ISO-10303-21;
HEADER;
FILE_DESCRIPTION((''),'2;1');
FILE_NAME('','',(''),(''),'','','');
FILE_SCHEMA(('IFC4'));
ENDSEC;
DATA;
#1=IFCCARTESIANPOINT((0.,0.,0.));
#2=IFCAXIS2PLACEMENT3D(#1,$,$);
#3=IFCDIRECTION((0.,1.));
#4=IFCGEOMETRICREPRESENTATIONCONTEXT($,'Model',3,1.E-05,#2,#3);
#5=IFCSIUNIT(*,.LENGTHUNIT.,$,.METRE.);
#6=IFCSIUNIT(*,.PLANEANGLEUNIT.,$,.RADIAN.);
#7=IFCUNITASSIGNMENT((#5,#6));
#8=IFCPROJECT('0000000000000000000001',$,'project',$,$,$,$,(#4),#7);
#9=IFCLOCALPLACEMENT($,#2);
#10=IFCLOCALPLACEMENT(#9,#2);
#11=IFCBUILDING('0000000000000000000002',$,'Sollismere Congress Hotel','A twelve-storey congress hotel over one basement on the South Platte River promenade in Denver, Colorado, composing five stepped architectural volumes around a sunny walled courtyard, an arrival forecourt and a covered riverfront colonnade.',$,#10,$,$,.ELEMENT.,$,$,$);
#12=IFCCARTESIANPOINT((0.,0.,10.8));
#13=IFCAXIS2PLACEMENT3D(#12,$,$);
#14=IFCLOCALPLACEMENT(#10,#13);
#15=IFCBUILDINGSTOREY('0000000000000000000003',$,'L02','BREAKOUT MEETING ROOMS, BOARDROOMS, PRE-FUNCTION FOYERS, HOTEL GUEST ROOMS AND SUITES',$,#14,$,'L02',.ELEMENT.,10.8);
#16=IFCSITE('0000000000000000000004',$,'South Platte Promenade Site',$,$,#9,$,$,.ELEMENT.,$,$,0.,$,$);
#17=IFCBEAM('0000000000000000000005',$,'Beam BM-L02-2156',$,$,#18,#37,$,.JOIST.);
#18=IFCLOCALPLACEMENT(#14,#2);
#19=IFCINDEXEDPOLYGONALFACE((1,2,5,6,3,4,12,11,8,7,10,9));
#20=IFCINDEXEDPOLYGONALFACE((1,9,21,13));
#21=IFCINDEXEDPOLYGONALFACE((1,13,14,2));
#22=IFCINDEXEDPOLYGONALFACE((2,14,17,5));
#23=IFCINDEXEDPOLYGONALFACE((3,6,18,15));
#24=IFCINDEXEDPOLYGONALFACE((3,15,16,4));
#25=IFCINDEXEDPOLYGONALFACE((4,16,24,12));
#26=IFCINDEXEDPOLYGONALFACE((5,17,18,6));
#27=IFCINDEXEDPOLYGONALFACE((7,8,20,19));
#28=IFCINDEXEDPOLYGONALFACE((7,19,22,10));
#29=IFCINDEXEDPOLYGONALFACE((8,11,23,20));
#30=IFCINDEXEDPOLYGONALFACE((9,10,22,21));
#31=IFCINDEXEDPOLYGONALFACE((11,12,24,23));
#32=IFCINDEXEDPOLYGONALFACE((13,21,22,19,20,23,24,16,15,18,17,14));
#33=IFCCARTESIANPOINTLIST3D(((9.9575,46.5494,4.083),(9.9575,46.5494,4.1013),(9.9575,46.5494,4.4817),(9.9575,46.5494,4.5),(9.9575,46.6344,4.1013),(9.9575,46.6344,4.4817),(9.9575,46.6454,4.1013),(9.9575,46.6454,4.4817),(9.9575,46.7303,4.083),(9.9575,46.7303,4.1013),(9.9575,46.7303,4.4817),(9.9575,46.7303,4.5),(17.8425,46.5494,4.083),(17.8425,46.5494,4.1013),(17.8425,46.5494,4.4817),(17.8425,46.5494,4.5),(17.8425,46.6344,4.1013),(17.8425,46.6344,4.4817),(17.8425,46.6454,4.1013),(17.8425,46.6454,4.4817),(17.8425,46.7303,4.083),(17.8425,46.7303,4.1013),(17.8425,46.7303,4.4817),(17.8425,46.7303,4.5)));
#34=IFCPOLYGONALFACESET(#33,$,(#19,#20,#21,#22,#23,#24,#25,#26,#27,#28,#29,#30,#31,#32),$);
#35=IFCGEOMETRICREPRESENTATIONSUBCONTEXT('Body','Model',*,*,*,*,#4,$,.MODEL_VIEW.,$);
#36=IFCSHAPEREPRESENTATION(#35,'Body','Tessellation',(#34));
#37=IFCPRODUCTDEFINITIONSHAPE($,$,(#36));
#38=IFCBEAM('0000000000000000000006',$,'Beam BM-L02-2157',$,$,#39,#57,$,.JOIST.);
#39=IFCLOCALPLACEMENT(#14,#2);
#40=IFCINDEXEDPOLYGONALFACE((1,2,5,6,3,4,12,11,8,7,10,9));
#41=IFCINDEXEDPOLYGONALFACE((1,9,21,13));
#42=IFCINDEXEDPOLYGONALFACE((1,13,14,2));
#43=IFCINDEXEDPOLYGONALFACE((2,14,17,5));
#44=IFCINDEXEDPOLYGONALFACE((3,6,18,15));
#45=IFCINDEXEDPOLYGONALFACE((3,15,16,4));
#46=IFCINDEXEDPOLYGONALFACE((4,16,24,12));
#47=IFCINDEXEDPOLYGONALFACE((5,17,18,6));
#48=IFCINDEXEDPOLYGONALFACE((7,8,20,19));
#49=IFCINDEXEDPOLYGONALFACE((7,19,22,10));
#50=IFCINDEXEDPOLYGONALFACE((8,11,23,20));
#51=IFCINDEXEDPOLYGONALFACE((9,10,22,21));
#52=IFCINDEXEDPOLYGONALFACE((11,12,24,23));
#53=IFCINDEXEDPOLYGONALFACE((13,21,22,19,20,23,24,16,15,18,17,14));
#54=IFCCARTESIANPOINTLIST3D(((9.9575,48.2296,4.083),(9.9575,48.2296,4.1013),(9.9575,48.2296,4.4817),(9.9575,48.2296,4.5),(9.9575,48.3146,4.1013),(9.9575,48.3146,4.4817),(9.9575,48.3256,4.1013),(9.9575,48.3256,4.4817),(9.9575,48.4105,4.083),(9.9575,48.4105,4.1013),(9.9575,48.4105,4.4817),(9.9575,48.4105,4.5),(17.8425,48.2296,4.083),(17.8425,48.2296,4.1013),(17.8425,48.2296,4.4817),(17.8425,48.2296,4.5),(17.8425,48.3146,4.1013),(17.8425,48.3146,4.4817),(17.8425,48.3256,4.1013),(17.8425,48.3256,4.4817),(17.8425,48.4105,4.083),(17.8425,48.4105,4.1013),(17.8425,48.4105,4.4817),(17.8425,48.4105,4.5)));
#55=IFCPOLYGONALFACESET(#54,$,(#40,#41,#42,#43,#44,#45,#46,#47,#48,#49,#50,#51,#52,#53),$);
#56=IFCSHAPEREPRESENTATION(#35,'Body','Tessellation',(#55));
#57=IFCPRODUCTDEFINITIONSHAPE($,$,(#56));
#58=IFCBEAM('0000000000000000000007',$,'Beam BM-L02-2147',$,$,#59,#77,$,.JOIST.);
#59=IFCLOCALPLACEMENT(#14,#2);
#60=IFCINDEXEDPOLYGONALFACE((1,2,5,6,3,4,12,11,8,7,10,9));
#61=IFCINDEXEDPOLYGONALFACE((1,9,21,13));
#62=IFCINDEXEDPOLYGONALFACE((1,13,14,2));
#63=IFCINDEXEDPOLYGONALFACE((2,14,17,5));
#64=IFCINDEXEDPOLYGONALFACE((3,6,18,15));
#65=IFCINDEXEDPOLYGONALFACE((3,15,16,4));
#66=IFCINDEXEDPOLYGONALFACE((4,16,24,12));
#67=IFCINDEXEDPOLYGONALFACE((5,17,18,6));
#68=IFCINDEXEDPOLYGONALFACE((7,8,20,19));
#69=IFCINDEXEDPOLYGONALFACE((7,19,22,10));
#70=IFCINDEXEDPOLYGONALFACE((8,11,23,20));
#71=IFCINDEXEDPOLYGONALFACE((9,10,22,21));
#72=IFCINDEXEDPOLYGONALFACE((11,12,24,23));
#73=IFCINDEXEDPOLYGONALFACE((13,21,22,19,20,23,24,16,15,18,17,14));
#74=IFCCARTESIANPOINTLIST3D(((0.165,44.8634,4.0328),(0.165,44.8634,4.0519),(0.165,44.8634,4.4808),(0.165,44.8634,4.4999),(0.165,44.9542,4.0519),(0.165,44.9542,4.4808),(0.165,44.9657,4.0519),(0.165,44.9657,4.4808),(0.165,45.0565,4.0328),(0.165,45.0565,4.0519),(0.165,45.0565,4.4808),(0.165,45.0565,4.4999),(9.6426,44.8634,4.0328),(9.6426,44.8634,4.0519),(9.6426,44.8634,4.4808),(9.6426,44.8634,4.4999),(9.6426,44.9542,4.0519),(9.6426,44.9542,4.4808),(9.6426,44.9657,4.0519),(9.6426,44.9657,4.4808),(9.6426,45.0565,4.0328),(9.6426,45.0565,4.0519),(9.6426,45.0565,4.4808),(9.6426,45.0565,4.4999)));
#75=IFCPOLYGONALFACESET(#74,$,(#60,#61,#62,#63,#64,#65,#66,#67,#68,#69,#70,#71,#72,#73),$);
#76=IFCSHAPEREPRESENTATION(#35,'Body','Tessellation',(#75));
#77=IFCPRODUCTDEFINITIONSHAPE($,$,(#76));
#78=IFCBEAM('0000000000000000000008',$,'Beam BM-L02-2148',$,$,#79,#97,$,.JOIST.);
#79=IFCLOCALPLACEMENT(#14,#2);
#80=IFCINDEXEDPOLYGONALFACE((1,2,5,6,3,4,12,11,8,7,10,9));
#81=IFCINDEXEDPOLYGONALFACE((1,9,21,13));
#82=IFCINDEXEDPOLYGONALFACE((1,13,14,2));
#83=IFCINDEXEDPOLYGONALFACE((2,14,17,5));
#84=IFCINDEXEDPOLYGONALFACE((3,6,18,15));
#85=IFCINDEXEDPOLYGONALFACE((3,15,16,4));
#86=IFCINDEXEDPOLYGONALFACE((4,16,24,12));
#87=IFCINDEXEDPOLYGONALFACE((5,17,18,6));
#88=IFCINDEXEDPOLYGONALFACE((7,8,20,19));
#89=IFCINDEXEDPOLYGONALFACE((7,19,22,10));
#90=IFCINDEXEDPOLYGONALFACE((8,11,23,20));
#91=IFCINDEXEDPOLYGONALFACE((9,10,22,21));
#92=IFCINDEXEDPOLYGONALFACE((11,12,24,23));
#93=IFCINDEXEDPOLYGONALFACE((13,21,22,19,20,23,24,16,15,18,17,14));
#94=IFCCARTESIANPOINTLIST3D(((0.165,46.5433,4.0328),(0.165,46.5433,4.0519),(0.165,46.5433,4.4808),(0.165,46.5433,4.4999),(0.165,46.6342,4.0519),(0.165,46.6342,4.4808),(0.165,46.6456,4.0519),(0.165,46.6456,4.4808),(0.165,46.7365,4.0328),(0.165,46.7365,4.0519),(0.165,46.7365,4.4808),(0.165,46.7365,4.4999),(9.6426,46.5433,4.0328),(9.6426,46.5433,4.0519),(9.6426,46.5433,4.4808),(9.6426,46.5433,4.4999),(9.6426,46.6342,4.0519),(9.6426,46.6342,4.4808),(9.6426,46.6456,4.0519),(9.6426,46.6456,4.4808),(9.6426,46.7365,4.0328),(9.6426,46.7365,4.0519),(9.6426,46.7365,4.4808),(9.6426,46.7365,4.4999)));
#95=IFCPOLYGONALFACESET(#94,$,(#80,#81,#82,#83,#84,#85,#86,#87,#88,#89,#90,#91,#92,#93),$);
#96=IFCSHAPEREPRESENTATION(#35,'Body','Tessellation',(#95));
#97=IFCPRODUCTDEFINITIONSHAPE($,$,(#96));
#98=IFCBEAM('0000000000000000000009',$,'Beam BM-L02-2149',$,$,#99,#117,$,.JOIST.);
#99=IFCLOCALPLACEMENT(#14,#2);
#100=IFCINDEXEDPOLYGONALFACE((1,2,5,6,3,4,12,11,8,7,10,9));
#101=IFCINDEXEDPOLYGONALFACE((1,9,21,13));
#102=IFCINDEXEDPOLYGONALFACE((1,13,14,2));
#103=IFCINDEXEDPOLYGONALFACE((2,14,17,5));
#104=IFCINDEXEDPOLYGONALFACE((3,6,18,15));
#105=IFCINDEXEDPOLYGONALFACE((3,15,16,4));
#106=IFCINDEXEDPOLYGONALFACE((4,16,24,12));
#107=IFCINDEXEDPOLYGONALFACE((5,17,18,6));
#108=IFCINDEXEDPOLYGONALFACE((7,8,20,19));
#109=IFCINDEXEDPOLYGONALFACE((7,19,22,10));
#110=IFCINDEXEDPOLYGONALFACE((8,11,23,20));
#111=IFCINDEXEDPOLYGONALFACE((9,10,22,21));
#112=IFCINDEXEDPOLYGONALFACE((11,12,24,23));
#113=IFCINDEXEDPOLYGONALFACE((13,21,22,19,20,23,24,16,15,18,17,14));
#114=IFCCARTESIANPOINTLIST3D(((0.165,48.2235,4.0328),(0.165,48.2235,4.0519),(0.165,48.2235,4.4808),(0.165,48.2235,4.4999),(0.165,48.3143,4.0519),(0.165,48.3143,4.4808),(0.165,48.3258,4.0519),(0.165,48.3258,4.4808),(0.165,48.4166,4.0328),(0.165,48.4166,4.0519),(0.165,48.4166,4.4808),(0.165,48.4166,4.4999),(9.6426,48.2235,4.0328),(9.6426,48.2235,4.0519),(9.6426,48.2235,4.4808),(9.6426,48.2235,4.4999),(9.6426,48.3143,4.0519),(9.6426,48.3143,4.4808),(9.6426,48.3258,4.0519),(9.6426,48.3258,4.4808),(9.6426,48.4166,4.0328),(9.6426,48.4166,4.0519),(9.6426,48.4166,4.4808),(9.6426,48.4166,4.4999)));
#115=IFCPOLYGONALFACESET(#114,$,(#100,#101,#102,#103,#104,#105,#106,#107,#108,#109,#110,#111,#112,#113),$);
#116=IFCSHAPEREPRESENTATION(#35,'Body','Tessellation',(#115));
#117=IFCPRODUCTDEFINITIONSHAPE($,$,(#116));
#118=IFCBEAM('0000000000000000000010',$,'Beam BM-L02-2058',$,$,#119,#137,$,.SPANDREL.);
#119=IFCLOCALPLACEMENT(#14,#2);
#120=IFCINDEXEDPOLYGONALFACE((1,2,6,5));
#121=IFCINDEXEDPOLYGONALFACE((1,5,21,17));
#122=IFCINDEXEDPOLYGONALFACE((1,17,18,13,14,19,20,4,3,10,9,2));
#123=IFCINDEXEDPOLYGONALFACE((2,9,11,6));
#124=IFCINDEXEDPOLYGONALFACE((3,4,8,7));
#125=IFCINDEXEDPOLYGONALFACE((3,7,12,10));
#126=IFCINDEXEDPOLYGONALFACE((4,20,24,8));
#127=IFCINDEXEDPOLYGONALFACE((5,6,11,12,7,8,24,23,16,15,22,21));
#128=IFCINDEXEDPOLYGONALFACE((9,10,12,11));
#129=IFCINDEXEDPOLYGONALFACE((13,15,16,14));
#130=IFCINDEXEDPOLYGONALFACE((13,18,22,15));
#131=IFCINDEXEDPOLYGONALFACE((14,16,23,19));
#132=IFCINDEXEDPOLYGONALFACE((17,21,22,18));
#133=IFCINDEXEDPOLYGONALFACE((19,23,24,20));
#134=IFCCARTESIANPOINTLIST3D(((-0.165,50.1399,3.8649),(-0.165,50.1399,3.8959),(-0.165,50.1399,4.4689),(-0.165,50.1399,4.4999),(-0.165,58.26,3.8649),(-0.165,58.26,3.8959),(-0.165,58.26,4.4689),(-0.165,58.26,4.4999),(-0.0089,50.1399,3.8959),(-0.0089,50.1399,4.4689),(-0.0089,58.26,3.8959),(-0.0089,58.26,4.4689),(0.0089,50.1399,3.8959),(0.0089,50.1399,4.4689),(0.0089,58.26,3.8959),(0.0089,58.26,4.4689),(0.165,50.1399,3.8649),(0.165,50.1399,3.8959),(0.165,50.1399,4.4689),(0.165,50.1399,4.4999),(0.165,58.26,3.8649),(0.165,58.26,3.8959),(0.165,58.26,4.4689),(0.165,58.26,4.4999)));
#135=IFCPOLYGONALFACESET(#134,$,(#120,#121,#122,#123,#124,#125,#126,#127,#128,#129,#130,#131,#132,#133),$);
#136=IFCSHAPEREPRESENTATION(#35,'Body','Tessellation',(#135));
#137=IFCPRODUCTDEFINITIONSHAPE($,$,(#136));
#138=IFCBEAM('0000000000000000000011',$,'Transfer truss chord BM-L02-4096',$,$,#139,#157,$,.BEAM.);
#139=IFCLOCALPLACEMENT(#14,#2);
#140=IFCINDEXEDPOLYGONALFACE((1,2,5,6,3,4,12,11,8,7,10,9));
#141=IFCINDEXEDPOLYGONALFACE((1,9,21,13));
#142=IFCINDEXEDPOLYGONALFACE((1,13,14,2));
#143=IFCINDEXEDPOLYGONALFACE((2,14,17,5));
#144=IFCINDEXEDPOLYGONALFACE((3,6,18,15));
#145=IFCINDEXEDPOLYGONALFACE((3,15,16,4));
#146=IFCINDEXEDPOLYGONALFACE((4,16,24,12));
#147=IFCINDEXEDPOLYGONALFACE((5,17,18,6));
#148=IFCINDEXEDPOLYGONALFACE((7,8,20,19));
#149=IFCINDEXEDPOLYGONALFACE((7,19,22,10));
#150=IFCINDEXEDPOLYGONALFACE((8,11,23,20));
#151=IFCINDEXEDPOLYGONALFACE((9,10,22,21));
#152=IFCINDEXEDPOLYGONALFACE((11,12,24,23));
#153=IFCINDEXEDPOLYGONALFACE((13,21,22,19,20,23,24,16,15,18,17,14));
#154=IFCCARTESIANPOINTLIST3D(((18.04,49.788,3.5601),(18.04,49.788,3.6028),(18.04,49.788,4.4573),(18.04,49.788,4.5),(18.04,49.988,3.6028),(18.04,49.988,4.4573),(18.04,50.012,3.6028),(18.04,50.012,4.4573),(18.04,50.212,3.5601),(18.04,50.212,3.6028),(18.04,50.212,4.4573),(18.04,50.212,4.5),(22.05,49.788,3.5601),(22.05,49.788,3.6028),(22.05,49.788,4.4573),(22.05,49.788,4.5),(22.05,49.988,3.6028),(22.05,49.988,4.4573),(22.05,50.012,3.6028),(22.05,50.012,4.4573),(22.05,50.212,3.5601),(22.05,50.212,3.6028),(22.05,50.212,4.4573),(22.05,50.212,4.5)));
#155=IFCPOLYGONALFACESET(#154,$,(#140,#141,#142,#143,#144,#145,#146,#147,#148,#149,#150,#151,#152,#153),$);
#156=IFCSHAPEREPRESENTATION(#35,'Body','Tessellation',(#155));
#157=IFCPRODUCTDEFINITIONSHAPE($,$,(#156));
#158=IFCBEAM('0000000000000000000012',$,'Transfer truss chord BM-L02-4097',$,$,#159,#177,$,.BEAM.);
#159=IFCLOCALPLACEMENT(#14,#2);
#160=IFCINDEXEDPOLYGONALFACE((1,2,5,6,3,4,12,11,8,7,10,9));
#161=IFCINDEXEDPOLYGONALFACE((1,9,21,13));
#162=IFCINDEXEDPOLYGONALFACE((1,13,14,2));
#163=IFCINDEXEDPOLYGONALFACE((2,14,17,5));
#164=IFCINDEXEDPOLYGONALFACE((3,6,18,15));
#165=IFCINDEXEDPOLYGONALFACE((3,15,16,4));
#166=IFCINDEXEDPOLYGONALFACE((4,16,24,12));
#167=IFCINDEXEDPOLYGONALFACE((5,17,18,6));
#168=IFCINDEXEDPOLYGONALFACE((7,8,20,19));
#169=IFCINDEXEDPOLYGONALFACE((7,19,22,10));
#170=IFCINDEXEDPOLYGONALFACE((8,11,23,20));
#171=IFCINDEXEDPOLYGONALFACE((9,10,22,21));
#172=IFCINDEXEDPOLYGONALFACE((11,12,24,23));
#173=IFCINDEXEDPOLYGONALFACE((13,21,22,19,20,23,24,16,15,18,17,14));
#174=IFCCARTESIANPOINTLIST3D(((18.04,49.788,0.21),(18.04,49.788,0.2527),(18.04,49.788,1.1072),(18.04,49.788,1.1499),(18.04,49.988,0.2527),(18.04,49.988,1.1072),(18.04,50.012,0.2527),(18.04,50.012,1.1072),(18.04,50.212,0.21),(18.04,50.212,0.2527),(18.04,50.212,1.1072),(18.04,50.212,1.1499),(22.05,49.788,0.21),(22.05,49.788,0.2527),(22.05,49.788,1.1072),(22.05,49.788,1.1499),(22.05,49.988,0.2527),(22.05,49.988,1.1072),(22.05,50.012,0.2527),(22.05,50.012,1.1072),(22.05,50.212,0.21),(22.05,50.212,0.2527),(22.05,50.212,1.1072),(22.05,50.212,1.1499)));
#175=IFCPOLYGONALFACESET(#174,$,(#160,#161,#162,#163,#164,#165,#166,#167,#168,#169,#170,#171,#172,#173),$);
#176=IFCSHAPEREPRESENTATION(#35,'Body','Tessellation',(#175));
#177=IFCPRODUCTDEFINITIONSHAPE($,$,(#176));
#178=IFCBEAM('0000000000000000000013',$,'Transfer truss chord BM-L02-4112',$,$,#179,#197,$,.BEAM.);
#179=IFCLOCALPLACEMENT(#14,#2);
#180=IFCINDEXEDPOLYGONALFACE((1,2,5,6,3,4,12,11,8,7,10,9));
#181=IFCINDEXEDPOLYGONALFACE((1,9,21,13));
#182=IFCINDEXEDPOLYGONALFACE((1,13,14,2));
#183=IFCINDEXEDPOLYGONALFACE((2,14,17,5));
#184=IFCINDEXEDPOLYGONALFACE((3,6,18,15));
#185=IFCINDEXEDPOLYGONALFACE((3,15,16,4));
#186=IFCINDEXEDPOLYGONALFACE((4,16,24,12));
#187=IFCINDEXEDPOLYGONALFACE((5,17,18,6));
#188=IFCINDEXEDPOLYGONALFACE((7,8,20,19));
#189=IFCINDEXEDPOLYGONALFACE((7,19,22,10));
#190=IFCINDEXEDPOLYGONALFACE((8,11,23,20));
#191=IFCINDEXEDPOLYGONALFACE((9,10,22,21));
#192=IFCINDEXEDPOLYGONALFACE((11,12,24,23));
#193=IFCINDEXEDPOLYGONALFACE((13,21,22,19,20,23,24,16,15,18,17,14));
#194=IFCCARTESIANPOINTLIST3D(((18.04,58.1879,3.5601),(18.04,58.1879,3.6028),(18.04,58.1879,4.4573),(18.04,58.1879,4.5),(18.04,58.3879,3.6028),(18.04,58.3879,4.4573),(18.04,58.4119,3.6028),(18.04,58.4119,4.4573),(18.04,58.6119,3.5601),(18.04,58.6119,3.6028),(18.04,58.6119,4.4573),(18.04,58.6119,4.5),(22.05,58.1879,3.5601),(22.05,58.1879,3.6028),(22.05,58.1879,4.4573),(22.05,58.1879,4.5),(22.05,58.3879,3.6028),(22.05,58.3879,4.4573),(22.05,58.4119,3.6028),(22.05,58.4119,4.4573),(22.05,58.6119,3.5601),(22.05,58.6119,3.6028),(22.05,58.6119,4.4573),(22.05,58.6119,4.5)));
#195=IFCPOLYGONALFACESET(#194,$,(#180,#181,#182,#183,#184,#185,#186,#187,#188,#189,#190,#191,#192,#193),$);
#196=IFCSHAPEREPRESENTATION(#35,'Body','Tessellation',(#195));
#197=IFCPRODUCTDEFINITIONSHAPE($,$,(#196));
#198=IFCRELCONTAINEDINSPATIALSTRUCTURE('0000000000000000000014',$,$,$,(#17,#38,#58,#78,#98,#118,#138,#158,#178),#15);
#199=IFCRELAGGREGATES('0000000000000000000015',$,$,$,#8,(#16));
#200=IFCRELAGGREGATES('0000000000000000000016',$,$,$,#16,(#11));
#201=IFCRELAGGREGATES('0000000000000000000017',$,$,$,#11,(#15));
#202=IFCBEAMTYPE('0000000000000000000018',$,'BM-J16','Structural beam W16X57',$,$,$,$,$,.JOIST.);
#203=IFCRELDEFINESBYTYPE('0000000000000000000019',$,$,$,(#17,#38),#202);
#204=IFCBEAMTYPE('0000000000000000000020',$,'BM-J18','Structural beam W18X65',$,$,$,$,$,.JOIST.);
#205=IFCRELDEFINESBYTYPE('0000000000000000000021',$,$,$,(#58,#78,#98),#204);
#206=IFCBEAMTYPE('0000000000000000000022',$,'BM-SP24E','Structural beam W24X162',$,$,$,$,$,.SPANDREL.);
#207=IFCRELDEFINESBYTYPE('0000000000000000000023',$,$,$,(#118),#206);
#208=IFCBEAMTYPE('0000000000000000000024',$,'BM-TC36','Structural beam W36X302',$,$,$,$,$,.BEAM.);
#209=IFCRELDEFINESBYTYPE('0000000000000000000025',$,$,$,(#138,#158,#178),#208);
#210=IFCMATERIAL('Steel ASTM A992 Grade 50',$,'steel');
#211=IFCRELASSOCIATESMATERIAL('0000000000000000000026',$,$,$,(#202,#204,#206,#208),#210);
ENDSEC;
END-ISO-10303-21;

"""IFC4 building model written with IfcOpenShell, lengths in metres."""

from ifc_helpers import new_model, si_unit, direction, frame, origin, origin_2d, place, context, subcontext, project, spatial, i_section, extrude, material, material_profile, profile_set, type_object, element, save


model = new_model("IFC4")

# Units and contexts
model_context = context("Model", 3, precision=1e-05, world=origin(), true_north=direction((0.0, 1.0)))
body_context = subcontext(model_context, "Body", "Model", "MODEL_VIEW")
ifc_project = project(units=[si_unit("LENGTHUNIT", "METRE"), si_unit("PLANEANGLEUNIT", "RADIAN")], contexts=[model_context])

# Site, building, storey
site_placement = place(None, origin())
site = spatial("IfcSite", under=ifc_project, at=site_placement, Name="South Platte Promenade Site", CompositionType="ELEMENT", RefElevation=0.0)
building_placement = place(site_placement, origin())
building = spatial("IfcBuilding", under=site, at=building_placement, Name="Sollismere Congress Hotel", Description="A twelve-storey congress hotel over one basement on the South Platte River promenade in Denver, Colorado, composing five stepped architectural volumes around a sunny walled courtyard, an arrival forecourt and a covered riverfront colonnade.", CompositionType="ELEMENT")
storey_placement = place(building_placement, frame((0.0, 0.0, 10.8)))
storey = spatial("IfcBuildingStorey", under=building, at=storey_placement, Name="L02", Description="BREAKOUT MEETING ROOMS, BOARDROOMS, PRE-FUNCTION FOYERS, HOTEL GUEST ROOMS AND SUITES", LongName="L02", CompositionType="ELEMENT", Elevation=10.8)

# Shared definitions
ifc_material_1 = material(Name="Steel ASTM A992 Grade 50", Category="steel")

# Beams
ifc_material_profile_1 = material_profile(ifc_material_1, i_section(OverallWidth=0.1809, OverallDepth=0.417, WebThickness=0.011, FlangeThickness=0.0183, at=origin_2d()), Name="W16X57")
ifc_profile_set_1 = profile_set([ifc_material_profile_1], Name="Steel ASTM A992 Grade 50")
beam_type_1 = type_object("IfcBeamType", Name="BM-J16", Description="Structural beam W16X57", PredefinedType="JOIST", material=ifc_profile_set_1)
for number, where, z_axis, x_axis, name in (
    (1, (9.9575, 46.6399, 4.2915), (1.0, 0.0, 0.0), (0.0, 1.0, 0.0), "Beam BM-L02-2156"),
    (2, (9.9575, 48.3201, 4.2915), (1.0, 0.0, 0.0), (0.0, 1.0, 0.0), "Beam BM-L02-2157"),
):
    element("IfcBeam", number, at=place(storey_placement, frame(where, z_axis=z_axis, x_axis=x_axis)), inside=storey, type_object=beam_type_1, Name=name, PredefinedType="JOIST", context=body_context, shape_type="SweptSolid", body=[
        extrude(i_section(OverallWidth=0.1809, OverallDepth=0.417, WebThickness=0.011, FlangeThickness=0.0183, at=origin_2d()), origin(), (0.0, 0.0, 1.0), 7.885),
    ])
ifc_material_profile_2 = material_profile(ifc_material_1, i_section(OverallWidth=0.1931, OverallDepth=0.467, WebThickness=0.0115, FlangeThickness=0.019, at=origin_2d()), Name="W18X65")
ifc_profile_set_2 = profile_set([ifc_material_profile_2], Name="Steel ASTM A992 Grade 50")
beam_type_2 = type_object("IfcBeamType", Name="BM-J18", Description="Structural beam W18X65", PredefinedType="JOIST", material=ifc_profile_set_2)
for number, where, z_axis, x_axis, name in (
    (3, (0.165, 44.96, 4.2664), (1.0, 0.0, 0.0), (0.0, 1.0, 0.0), "Beam BM-L02-2147"),
    (4, (0.165, 46.6399, 4.2664), (1.0, 0.0, 0.0), (0.0, 1.0, 0.0), "Beam BM-L02-2148"),
    (5, (0.165, 48.3201, 4.2664), (1.0, 0.0, 0.0), (0.0, 1.0, 0.0), "Beam BM-L02-2149"),
):
    element("IfcBeam", number, at=place(storey_placement, frame(where, z_axis=z_axis, x_axis=x_axis)), inside=storey, type_object=beam_type_2, Name=name, PredefinedType="JOIST", context=body_context, shape_type="SweptSolid", body=[
        extrude(i_section(OverallWidth=0.1931, OverallDepth=0.467, WebThickness=0.0115, FlangeThickness=0.019, at=origin_2d()), origin(), (0.0, 0.0, 1.0), 9.4775),
    ])
ifc_material_profile_3 = material_profile(ifc_material_1, i_section(OverallWidth=0.3301, OverallDepth=0.635, WebThickness=0.0178, FlangeThickness=0.031, at=origin_2d()), Name="W24X162")
ifc_profile_set_3 = profile_set([ifc_material_profile_3], Name="Steel ASTM A992 Grade 50")
beam_type_3 = type_object("IfcBeamType", Name="BM-SP24E", Description="Structural beam W24X162", PredefinedType="SPANDREL", material=ifc_profile_set_3)
beam_1_placement = place(storey_placement, frame((0.0, 50.1399, 4.1824), z_axis=(0.0, 1.0, 0.0), x_axis=(-1.0, 0.0, 0.0)))
element("IfcBeam", 6, at=beam_1_placement, inside=storey, type_object=beam_type_3, Name="Beam BM-L02-2058", PredefinedType="SPANDREL", context=body_context, shape_type="SweptSolid", body=[
    extrude(i_section(OverallWidth=0.3301, OverallDepth=0.635, WebThickness=0.0178, FlangeThickness=0.031, at=origin_2d()), origin(), (0.0, 0.0, 1.0), 8.1201),
])
ifc_material_profile_4 = material_profile(ifc_material_1, i_section(OverallWidth=0.4241, OverallDepth=0.9399, WebThickness=0.0239, FlangeThickness=0.0427, at=origin_2d()), Name="W36X302")
ifc_profile_set_4 = profile_set([ifc_material_profile_4], Name="Steel ASTM A992 Grade 50")
beam_type_4 = type_object("IfcBeamType", Name="BM-TC36", Description="Structural beam W36X302", PredefinedType="BEAM", material=ifc_profile_set_4)
for number, where, z_axis, x_axis, name in (
    (7, (18.04, 50.0, 4.03), (1.0, 0.0, 0.0), (0.0, 1.0, 0.0), "Transfer truss chord BM-L02-4096"),
    (8, (18.04, 50.0, 0.6799), (1.0, 0.0, 0.0), (0.0, 1.0, 0.0), "Transfer truss chord BM-L02-4097"),
    (9, (18.04, 58.3999, 4.03), (1.0, 0.0, 0.0), (0.0, 1.0, 0.0), "Transfer truss chord BM-L02-4112"),
):
    element("IfcBeam", number, at=place(storey_placement, frame(where, z_axis=z_axis, x_axis=x_axis)), inside=storey, type_object=beam_type_4, Name=name, PredefinedType="BEAM", context=body_context, shape_type="SweptSolid", body=[
        extrude(i_section(OverallWidth=0.4241, OverallDepth=0.9399, WebThickness=0.0239, FlangeThickness=0.0427, at=origin_2d()), origin(), (0.0, 0.0, 1.0), 4.01),
    ])

save(model, "model.ifc")
